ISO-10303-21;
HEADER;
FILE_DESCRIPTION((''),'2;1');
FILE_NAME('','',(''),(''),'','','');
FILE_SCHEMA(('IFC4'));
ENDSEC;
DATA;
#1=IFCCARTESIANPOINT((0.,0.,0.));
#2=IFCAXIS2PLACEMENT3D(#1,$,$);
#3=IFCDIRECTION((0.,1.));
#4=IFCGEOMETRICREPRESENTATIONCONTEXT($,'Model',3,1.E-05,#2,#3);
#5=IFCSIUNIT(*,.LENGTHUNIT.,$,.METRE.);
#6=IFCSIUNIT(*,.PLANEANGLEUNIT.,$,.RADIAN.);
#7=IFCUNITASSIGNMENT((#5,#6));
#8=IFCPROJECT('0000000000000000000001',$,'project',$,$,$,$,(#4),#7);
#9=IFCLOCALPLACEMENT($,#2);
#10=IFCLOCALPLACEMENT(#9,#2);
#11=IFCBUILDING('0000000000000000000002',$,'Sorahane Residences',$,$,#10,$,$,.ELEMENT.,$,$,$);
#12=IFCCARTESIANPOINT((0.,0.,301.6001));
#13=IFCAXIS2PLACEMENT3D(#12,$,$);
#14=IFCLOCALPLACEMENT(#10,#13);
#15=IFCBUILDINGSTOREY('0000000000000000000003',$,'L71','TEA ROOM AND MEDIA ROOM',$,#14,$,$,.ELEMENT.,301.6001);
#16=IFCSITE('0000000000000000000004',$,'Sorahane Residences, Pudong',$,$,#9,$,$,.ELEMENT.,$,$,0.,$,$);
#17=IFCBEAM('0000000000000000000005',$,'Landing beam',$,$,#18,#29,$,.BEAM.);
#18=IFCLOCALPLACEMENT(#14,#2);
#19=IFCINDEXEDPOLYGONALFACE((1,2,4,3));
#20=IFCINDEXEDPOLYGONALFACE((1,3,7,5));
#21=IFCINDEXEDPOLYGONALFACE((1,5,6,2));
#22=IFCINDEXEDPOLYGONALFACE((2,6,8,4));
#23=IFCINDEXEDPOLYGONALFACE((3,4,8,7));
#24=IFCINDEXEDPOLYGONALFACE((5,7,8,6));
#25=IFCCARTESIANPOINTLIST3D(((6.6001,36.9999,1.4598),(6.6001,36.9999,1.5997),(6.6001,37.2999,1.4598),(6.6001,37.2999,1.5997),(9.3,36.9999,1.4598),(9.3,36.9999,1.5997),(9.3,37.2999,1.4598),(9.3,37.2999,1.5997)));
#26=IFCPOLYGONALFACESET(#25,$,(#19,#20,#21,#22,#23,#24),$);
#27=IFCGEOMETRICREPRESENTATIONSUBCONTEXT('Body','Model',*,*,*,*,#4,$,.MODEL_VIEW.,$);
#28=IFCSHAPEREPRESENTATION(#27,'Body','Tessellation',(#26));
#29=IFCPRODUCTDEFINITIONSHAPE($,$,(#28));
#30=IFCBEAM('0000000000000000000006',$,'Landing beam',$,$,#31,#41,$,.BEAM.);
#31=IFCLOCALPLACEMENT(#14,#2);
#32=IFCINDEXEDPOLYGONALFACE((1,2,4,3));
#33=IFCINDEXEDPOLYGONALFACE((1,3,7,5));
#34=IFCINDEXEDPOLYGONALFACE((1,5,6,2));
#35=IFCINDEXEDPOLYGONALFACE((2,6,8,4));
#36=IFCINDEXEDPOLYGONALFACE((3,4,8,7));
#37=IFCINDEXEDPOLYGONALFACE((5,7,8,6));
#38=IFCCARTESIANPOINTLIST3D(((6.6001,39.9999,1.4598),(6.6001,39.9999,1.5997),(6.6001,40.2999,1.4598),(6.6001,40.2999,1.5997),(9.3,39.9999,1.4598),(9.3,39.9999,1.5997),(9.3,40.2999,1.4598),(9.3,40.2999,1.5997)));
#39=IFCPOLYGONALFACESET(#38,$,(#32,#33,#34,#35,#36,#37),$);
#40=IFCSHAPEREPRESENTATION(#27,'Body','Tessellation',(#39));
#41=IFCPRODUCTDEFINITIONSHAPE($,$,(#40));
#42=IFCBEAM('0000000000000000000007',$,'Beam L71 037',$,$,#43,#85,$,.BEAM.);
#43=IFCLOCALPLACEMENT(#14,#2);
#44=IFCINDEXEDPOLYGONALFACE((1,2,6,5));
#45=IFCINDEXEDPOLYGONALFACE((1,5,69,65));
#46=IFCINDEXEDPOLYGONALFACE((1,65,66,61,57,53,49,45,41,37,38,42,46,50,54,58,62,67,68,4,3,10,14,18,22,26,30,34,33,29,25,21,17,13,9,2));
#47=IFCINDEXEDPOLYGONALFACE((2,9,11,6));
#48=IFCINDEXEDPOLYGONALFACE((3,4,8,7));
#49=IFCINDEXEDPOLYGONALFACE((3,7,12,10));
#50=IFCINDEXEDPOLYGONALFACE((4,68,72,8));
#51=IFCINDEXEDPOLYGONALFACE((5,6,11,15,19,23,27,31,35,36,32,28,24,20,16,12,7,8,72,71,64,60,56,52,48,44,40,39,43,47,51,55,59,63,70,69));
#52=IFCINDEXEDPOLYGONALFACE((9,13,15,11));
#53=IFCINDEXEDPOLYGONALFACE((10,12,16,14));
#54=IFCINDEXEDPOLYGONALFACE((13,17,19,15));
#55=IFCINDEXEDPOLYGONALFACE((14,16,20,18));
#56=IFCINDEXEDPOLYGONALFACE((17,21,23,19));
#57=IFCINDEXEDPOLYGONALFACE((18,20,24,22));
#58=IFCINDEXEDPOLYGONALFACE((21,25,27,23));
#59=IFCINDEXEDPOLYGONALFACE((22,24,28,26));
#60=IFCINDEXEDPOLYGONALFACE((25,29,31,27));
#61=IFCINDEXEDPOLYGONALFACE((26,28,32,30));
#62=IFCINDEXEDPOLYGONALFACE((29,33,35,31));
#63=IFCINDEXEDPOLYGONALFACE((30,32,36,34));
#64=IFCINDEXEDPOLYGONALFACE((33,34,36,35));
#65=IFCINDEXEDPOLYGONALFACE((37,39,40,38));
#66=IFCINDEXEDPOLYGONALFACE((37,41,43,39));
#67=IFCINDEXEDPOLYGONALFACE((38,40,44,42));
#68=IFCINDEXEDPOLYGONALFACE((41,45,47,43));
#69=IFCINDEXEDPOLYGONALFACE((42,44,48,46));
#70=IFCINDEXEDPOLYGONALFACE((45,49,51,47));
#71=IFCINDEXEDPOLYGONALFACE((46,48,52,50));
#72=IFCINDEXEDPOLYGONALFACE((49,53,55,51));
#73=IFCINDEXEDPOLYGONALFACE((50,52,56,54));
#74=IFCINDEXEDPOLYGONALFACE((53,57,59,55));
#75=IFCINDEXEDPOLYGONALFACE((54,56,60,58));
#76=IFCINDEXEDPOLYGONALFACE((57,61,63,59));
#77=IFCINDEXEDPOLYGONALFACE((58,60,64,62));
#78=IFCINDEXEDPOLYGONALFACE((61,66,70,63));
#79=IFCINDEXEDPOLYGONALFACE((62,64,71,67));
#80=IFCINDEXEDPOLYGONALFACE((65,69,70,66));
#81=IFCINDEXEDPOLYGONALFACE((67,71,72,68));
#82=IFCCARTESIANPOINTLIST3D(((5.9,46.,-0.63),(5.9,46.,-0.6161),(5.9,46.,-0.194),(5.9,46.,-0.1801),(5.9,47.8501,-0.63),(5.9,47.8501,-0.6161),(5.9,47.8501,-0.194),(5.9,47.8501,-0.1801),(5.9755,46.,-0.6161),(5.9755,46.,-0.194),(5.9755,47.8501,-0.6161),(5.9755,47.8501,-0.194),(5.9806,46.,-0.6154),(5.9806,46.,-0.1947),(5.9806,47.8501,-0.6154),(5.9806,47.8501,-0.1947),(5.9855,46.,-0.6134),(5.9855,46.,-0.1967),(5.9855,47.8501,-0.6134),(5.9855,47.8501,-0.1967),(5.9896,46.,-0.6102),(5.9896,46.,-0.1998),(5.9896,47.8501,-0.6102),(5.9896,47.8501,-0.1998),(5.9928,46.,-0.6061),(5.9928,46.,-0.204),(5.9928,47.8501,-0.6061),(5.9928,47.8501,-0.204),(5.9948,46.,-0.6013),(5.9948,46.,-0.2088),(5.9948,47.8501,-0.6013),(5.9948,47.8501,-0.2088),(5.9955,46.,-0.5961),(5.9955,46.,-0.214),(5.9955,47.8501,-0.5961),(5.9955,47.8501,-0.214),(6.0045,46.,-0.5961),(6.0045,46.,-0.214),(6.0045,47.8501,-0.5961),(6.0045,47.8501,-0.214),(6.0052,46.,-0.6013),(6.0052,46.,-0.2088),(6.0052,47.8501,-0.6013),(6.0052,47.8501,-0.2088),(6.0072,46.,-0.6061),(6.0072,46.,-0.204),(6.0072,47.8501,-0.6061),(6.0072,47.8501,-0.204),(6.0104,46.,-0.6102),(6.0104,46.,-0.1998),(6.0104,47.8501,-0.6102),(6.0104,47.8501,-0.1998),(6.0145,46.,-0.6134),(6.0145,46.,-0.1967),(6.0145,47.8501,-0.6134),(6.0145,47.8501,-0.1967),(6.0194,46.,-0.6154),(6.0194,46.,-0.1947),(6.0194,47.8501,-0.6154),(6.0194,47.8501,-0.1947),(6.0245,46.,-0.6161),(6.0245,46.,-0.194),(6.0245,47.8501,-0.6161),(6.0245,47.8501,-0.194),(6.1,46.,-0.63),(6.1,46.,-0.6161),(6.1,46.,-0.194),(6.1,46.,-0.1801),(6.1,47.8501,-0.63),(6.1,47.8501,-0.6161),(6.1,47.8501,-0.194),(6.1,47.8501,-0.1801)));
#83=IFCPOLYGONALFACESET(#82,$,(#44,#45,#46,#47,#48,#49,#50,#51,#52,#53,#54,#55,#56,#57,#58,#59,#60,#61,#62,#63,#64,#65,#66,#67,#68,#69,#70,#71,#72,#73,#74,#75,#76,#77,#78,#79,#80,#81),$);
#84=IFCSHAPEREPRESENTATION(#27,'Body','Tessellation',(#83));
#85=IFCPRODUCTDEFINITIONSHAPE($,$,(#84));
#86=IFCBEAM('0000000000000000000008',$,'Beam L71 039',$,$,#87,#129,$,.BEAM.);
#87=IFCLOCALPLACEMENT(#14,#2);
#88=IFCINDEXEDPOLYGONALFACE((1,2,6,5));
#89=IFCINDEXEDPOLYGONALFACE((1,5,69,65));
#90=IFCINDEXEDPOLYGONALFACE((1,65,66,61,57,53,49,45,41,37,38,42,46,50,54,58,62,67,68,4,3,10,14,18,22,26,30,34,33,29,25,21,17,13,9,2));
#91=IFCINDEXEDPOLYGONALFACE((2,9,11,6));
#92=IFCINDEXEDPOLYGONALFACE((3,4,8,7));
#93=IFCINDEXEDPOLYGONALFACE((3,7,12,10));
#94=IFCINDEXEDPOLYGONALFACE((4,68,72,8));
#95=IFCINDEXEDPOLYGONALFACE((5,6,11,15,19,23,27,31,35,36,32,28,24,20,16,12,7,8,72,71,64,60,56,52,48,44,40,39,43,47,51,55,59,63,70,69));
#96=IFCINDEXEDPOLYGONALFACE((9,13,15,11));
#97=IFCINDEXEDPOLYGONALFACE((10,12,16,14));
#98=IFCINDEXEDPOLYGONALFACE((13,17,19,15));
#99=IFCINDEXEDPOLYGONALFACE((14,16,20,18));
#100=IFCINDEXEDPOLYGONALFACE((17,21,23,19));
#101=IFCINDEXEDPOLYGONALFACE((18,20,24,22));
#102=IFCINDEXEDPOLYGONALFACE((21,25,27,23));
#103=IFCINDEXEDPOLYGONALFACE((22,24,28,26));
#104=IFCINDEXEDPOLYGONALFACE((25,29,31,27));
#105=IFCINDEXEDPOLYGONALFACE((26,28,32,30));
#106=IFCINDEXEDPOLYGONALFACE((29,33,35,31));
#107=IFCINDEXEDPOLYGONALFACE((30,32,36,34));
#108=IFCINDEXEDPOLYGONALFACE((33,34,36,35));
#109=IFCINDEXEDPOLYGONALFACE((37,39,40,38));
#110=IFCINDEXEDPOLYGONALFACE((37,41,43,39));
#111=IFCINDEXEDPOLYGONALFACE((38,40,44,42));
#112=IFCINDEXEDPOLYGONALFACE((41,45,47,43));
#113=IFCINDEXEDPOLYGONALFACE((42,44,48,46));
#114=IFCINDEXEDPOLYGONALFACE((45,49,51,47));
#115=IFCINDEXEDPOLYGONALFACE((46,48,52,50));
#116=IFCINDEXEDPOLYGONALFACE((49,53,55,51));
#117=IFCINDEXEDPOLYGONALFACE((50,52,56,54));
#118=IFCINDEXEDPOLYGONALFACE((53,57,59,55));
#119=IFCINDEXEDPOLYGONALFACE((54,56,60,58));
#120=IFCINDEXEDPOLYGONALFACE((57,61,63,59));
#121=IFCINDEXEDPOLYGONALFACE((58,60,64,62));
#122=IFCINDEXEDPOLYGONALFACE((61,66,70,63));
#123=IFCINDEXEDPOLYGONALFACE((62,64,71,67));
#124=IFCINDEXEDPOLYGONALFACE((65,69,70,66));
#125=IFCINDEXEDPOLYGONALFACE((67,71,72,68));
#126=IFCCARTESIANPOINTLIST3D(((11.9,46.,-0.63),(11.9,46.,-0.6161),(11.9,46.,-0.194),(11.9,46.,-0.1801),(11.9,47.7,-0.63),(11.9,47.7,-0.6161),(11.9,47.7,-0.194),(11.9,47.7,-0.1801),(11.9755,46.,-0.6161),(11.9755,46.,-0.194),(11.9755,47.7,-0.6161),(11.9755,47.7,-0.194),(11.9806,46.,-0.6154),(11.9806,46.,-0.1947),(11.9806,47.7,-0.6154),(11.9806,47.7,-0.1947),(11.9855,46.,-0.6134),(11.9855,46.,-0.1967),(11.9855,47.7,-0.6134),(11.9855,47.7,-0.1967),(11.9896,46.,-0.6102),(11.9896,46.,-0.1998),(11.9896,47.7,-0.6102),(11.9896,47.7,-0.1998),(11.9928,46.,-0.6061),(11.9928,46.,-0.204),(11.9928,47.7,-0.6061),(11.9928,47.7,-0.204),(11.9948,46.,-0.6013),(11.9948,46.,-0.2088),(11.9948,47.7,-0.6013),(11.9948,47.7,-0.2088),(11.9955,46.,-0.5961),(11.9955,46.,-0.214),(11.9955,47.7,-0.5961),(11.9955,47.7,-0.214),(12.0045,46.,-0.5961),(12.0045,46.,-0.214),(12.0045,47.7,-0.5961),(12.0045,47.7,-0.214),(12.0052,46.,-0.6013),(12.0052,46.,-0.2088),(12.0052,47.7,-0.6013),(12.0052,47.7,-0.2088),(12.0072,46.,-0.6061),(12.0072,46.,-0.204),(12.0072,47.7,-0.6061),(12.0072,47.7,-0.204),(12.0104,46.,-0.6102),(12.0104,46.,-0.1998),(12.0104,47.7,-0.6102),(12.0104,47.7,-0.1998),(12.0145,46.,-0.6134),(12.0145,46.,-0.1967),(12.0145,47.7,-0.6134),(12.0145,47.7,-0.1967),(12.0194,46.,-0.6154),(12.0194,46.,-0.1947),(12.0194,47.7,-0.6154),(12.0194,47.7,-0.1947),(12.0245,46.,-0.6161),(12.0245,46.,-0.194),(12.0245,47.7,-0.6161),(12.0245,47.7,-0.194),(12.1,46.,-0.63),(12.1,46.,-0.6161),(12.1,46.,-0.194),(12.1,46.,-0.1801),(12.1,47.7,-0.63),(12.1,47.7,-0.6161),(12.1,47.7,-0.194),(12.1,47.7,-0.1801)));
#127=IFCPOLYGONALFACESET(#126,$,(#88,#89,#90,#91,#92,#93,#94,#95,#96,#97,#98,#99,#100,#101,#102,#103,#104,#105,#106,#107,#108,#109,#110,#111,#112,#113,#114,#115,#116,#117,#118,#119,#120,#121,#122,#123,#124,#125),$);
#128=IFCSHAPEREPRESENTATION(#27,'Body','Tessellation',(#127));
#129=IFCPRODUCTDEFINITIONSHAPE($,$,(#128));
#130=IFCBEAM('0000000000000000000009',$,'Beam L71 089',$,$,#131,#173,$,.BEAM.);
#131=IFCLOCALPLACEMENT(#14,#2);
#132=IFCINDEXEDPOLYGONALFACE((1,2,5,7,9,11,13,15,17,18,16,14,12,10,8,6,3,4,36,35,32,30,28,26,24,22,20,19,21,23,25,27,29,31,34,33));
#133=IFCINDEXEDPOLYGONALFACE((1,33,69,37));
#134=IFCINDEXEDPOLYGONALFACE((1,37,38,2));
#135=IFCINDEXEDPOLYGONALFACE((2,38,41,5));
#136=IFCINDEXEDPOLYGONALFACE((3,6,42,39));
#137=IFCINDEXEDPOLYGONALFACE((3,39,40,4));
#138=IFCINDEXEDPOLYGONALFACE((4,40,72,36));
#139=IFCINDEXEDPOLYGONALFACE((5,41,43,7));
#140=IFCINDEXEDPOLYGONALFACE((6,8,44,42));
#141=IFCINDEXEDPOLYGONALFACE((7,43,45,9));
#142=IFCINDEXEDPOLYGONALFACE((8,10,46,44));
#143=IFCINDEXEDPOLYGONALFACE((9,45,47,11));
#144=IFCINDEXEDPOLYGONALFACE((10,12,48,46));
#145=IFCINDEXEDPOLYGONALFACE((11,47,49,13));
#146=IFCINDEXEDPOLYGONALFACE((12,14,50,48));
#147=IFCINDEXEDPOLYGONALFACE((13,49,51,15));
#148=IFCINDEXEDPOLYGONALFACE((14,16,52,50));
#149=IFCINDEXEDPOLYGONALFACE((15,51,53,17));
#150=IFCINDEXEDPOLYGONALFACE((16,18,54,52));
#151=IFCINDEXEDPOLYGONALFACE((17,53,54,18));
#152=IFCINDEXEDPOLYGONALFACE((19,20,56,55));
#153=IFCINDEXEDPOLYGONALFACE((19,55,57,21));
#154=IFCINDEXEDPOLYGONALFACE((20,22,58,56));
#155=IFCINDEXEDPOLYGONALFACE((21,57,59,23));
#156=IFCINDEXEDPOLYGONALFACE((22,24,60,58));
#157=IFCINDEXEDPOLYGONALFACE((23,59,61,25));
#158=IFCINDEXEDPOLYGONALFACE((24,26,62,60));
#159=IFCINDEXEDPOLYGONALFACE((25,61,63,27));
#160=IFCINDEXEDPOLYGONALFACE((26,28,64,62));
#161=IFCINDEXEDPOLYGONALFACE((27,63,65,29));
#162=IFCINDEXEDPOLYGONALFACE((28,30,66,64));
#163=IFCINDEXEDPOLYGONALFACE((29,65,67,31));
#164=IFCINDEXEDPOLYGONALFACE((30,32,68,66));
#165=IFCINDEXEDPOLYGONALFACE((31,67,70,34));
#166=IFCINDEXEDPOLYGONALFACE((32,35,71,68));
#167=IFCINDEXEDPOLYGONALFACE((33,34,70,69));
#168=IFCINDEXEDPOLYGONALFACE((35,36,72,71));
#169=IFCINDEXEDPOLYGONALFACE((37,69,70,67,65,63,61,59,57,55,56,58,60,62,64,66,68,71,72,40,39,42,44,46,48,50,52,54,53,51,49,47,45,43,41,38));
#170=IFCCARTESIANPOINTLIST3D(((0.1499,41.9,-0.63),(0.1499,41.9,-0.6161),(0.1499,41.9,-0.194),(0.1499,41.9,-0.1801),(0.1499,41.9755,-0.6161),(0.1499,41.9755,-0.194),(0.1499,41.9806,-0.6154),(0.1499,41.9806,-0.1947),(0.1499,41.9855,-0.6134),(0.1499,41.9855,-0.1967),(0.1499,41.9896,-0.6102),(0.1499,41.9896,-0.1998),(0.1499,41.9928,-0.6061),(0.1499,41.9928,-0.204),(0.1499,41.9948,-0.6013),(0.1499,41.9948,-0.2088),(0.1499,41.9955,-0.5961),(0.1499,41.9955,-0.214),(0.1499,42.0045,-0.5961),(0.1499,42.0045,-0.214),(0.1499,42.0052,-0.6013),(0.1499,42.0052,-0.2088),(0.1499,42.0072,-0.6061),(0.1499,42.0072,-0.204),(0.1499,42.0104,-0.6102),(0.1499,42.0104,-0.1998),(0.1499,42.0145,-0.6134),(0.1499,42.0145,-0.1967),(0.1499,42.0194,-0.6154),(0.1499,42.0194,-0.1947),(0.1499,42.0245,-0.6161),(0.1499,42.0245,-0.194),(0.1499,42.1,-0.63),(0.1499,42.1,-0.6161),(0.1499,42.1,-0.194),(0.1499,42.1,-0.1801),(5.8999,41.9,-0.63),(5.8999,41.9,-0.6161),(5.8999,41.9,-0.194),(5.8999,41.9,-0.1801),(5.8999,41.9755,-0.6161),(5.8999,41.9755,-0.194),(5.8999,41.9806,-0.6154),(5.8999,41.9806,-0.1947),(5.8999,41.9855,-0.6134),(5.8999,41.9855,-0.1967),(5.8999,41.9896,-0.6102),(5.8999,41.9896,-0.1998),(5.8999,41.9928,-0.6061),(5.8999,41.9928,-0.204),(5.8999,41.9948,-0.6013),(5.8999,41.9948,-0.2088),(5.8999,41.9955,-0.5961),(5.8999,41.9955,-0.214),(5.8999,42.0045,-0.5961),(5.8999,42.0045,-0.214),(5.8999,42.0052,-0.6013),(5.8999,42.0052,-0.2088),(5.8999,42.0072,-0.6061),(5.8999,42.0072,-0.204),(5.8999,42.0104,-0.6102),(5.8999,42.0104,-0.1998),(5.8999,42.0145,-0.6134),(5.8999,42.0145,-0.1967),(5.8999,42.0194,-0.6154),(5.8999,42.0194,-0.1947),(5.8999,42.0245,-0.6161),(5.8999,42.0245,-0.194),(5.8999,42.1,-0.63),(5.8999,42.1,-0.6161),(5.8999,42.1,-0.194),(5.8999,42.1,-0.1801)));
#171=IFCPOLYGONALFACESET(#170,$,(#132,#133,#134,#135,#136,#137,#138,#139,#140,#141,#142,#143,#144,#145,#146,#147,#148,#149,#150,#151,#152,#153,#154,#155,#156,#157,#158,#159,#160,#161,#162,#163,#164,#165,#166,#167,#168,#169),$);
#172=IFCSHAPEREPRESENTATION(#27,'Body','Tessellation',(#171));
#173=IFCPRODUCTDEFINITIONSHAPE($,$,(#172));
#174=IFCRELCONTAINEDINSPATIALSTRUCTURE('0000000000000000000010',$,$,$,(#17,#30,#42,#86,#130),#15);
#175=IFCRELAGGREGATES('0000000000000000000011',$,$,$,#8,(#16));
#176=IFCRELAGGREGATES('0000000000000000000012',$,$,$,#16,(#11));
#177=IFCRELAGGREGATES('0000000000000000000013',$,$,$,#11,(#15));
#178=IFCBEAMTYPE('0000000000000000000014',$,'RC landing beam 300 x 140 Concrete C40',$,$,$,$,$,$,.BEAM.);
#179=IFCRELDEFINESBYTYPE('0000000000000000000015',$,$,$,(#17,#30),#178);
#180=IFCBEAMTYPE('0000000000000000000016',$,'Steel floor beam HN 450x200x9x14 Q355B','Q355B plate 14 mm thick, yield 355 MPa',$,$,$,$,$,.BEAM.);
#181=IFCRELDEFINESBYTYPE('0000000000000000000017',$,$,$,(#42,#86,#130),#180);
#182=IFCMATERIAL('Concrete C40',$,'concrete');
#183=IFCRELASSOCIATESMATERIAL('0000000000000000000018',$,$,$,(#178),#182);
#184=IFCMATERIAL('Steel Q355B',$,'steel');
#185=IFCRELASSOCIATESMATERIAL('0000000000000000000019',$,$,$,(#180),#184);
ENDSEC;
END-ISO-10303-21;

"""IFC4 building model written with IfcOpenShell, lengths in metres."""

from ifc_helpers import new_model, si_unit, direction, frame, origin, origin_2d, place, context, subcontext, project, spatial, rectangle, i_section, extrude, material, material_profile, profile_set, type_object, element, save


model = new_model("IFC4")

# Units and contexts
model_context = context("Model", 3, precision=1e-05, world=origin(), true_north=direction((0.0, 1.0)))
body_context = subcontext(model_context, "Body", "Model", "MODEL_VIEW")
ifc_project = project(units=[si_unit("LENGTHUNIT", "METRE"), si_unit("PLANEANGLEUNIT", "RADIAN")], contexts=[model_context])

# Site, building, storey
site_placement = place(None, origin())
site = spatial("IfcSite", under=ifc_project, at=site_placement, Name="Sorahane Residences, Pudong", CompositionType="ELEMENT", RefElevation=0.0)
building_placement = place(site_placement, origin())
building = spatial("IfcBuilding", under=site, at=building_placement, Name="Sorahane Residences", CompositionType="ELEMENT")
storey_placement = place(building_placement, frame((0.0, 0.0, 301.6001)))
storey = spatial("IfcBuildingStorey", under=building, at=storey_placement, Name="L71", Description="TEA ROOM AND MEDIA ROOM", CompositionType="ELEMENT", Elevation=301.6001)

# Beams
ifc_material_1 = material(Name="Concrete C40", Category="concrete")
ifc_material_profile_1 = material_profile(ifc_material_1, rectangle(XDim=0.3, YDim=0.1399, at=origin_2d()), Name="300x140")
ifc_profile_set_1 = profile_set([ifc_material_profile_1], Name="Concrete C40")
beam_type_1 = type_object("IfcBeamType", Name="RC landing beam 300 x 140 Concrete C40", PredefinedType="BEAM", material=ifc_profile_set_1)
for number, where, z_axis, x_axis, name in (
    (1, (6.6001, 37.1499, 1.5298), (1.0, 0.0, 0.0), (0.0, 1.0, 0.0), "Landing beam"),
    (2, (6.6001, 40.1499, 1.5298), (1.0, 0.0, 0.0), (0.0, 1.0, 0.0), "Landing beam"),
):
    element("IfcBeam", number, at=place(storey_placement, frame(where, z_axis=z_axis, x_axis=x_axis)), inside=storey, type_object=beam_type_1, Name=name, PredefinedType="BEAM", context=body_context, shape_type="SweptSolid", body=[
        extrude(rectangle(XDim=0.3, YDim=0.1399, at=origin_2d()), origin(), (0.0, 0.0, 1.0), 2.7),
    ])
ifc_material_2 = material(Name="Steel Q355B", Category="steel")
ifc_material_profile_2 = material_profile(ifc_material_2, i_section(OverallWidth=0.2, OverallDepth=0.45, WebThickness=0.009, FlangeThickness=0.0139, FilletRadius=0.02, at=origin_2d()), Name="HN 450x200x9x14")
ifc_profile_set_2 = profile_set([ifc_material_profile_2], Name="Steel Q355B")
beam_type_2 = type_object("IfcBeamType", Name="Steel floor beam HN 450x200x9x14 Q355B", Description="Q355B plate 14 mm thick, yield 355 MPa", PredefinedType="BEAM", material=ifc_profile_set_2)
beam_1_placement = place(storey_placement, frame((6.0, 46.0, -0.405), z_axis=(0.0, 1.0, 0.0), x_axis=(-1.0, 0.0, 0.0)))
element("IfcBeam", 3, at=beam_1_placement, inside=storey, type_object=beam_type_2, Name="Beam L71 037", PredefinedType="BEAM", context=body_context, shape_type="SweptSolid", body=[
    extrude(i_section(OverallWidth=0.2, OverallDepth=0.45, WebThickness=0.009, FlangeThickness=0.0139, FilletRadius=0.02, at=origin_2d()), origin(), (0.0, 0.0, 1.0), 1.8501),
])
beam_2_placement = place(storey_placement, frame((12.0, 46.0, -0.405), z_axis=(0.0, 1.0, 0.0), x_axis=(-1.0, 0.0, 0.0)))
element("IfcBeam", 4, at=beam_2_placement, inside=storey, type_object=beam_type_2, Name="Beam L71 039", PredefinedType="BEAM", context=body_context, shape_type="SweptSolid", body=[
    extrude(i_section(OverallWidth=0.2, OverallDepth=0.45, WebThickness=0.009, FlangeThickness=0.0139, FilletRadius=0.02, at=origin_2d()), origin(), (0.0, 0.0, 1.0), 1.7),
])
beam_3_placement = place(storey_placement, frame((0.1499, 42.0, -0.405), z_axis=(1.0, 0.0, 0.0), x_axis=(0.0, 1.0, 0.0)))
element("IfcBeam", 5, at=beam_3_placement, inside=storey, type_object=beam_type_2, Name="Beam L71 089", PredefinedType="BEAM", context=body_context, shape_type="SweptSolid", body=[
    extrude(i_section(OverallWidth=0.2, OverallDepth=0.45, WebThickness=0.009, FlangeThickness=0.0139, FilletRadius=0.02, at=origin_2d()), origin(), (0.0, 0.0, 1.0), 5.75),
])

save(model, "model.ifc")
